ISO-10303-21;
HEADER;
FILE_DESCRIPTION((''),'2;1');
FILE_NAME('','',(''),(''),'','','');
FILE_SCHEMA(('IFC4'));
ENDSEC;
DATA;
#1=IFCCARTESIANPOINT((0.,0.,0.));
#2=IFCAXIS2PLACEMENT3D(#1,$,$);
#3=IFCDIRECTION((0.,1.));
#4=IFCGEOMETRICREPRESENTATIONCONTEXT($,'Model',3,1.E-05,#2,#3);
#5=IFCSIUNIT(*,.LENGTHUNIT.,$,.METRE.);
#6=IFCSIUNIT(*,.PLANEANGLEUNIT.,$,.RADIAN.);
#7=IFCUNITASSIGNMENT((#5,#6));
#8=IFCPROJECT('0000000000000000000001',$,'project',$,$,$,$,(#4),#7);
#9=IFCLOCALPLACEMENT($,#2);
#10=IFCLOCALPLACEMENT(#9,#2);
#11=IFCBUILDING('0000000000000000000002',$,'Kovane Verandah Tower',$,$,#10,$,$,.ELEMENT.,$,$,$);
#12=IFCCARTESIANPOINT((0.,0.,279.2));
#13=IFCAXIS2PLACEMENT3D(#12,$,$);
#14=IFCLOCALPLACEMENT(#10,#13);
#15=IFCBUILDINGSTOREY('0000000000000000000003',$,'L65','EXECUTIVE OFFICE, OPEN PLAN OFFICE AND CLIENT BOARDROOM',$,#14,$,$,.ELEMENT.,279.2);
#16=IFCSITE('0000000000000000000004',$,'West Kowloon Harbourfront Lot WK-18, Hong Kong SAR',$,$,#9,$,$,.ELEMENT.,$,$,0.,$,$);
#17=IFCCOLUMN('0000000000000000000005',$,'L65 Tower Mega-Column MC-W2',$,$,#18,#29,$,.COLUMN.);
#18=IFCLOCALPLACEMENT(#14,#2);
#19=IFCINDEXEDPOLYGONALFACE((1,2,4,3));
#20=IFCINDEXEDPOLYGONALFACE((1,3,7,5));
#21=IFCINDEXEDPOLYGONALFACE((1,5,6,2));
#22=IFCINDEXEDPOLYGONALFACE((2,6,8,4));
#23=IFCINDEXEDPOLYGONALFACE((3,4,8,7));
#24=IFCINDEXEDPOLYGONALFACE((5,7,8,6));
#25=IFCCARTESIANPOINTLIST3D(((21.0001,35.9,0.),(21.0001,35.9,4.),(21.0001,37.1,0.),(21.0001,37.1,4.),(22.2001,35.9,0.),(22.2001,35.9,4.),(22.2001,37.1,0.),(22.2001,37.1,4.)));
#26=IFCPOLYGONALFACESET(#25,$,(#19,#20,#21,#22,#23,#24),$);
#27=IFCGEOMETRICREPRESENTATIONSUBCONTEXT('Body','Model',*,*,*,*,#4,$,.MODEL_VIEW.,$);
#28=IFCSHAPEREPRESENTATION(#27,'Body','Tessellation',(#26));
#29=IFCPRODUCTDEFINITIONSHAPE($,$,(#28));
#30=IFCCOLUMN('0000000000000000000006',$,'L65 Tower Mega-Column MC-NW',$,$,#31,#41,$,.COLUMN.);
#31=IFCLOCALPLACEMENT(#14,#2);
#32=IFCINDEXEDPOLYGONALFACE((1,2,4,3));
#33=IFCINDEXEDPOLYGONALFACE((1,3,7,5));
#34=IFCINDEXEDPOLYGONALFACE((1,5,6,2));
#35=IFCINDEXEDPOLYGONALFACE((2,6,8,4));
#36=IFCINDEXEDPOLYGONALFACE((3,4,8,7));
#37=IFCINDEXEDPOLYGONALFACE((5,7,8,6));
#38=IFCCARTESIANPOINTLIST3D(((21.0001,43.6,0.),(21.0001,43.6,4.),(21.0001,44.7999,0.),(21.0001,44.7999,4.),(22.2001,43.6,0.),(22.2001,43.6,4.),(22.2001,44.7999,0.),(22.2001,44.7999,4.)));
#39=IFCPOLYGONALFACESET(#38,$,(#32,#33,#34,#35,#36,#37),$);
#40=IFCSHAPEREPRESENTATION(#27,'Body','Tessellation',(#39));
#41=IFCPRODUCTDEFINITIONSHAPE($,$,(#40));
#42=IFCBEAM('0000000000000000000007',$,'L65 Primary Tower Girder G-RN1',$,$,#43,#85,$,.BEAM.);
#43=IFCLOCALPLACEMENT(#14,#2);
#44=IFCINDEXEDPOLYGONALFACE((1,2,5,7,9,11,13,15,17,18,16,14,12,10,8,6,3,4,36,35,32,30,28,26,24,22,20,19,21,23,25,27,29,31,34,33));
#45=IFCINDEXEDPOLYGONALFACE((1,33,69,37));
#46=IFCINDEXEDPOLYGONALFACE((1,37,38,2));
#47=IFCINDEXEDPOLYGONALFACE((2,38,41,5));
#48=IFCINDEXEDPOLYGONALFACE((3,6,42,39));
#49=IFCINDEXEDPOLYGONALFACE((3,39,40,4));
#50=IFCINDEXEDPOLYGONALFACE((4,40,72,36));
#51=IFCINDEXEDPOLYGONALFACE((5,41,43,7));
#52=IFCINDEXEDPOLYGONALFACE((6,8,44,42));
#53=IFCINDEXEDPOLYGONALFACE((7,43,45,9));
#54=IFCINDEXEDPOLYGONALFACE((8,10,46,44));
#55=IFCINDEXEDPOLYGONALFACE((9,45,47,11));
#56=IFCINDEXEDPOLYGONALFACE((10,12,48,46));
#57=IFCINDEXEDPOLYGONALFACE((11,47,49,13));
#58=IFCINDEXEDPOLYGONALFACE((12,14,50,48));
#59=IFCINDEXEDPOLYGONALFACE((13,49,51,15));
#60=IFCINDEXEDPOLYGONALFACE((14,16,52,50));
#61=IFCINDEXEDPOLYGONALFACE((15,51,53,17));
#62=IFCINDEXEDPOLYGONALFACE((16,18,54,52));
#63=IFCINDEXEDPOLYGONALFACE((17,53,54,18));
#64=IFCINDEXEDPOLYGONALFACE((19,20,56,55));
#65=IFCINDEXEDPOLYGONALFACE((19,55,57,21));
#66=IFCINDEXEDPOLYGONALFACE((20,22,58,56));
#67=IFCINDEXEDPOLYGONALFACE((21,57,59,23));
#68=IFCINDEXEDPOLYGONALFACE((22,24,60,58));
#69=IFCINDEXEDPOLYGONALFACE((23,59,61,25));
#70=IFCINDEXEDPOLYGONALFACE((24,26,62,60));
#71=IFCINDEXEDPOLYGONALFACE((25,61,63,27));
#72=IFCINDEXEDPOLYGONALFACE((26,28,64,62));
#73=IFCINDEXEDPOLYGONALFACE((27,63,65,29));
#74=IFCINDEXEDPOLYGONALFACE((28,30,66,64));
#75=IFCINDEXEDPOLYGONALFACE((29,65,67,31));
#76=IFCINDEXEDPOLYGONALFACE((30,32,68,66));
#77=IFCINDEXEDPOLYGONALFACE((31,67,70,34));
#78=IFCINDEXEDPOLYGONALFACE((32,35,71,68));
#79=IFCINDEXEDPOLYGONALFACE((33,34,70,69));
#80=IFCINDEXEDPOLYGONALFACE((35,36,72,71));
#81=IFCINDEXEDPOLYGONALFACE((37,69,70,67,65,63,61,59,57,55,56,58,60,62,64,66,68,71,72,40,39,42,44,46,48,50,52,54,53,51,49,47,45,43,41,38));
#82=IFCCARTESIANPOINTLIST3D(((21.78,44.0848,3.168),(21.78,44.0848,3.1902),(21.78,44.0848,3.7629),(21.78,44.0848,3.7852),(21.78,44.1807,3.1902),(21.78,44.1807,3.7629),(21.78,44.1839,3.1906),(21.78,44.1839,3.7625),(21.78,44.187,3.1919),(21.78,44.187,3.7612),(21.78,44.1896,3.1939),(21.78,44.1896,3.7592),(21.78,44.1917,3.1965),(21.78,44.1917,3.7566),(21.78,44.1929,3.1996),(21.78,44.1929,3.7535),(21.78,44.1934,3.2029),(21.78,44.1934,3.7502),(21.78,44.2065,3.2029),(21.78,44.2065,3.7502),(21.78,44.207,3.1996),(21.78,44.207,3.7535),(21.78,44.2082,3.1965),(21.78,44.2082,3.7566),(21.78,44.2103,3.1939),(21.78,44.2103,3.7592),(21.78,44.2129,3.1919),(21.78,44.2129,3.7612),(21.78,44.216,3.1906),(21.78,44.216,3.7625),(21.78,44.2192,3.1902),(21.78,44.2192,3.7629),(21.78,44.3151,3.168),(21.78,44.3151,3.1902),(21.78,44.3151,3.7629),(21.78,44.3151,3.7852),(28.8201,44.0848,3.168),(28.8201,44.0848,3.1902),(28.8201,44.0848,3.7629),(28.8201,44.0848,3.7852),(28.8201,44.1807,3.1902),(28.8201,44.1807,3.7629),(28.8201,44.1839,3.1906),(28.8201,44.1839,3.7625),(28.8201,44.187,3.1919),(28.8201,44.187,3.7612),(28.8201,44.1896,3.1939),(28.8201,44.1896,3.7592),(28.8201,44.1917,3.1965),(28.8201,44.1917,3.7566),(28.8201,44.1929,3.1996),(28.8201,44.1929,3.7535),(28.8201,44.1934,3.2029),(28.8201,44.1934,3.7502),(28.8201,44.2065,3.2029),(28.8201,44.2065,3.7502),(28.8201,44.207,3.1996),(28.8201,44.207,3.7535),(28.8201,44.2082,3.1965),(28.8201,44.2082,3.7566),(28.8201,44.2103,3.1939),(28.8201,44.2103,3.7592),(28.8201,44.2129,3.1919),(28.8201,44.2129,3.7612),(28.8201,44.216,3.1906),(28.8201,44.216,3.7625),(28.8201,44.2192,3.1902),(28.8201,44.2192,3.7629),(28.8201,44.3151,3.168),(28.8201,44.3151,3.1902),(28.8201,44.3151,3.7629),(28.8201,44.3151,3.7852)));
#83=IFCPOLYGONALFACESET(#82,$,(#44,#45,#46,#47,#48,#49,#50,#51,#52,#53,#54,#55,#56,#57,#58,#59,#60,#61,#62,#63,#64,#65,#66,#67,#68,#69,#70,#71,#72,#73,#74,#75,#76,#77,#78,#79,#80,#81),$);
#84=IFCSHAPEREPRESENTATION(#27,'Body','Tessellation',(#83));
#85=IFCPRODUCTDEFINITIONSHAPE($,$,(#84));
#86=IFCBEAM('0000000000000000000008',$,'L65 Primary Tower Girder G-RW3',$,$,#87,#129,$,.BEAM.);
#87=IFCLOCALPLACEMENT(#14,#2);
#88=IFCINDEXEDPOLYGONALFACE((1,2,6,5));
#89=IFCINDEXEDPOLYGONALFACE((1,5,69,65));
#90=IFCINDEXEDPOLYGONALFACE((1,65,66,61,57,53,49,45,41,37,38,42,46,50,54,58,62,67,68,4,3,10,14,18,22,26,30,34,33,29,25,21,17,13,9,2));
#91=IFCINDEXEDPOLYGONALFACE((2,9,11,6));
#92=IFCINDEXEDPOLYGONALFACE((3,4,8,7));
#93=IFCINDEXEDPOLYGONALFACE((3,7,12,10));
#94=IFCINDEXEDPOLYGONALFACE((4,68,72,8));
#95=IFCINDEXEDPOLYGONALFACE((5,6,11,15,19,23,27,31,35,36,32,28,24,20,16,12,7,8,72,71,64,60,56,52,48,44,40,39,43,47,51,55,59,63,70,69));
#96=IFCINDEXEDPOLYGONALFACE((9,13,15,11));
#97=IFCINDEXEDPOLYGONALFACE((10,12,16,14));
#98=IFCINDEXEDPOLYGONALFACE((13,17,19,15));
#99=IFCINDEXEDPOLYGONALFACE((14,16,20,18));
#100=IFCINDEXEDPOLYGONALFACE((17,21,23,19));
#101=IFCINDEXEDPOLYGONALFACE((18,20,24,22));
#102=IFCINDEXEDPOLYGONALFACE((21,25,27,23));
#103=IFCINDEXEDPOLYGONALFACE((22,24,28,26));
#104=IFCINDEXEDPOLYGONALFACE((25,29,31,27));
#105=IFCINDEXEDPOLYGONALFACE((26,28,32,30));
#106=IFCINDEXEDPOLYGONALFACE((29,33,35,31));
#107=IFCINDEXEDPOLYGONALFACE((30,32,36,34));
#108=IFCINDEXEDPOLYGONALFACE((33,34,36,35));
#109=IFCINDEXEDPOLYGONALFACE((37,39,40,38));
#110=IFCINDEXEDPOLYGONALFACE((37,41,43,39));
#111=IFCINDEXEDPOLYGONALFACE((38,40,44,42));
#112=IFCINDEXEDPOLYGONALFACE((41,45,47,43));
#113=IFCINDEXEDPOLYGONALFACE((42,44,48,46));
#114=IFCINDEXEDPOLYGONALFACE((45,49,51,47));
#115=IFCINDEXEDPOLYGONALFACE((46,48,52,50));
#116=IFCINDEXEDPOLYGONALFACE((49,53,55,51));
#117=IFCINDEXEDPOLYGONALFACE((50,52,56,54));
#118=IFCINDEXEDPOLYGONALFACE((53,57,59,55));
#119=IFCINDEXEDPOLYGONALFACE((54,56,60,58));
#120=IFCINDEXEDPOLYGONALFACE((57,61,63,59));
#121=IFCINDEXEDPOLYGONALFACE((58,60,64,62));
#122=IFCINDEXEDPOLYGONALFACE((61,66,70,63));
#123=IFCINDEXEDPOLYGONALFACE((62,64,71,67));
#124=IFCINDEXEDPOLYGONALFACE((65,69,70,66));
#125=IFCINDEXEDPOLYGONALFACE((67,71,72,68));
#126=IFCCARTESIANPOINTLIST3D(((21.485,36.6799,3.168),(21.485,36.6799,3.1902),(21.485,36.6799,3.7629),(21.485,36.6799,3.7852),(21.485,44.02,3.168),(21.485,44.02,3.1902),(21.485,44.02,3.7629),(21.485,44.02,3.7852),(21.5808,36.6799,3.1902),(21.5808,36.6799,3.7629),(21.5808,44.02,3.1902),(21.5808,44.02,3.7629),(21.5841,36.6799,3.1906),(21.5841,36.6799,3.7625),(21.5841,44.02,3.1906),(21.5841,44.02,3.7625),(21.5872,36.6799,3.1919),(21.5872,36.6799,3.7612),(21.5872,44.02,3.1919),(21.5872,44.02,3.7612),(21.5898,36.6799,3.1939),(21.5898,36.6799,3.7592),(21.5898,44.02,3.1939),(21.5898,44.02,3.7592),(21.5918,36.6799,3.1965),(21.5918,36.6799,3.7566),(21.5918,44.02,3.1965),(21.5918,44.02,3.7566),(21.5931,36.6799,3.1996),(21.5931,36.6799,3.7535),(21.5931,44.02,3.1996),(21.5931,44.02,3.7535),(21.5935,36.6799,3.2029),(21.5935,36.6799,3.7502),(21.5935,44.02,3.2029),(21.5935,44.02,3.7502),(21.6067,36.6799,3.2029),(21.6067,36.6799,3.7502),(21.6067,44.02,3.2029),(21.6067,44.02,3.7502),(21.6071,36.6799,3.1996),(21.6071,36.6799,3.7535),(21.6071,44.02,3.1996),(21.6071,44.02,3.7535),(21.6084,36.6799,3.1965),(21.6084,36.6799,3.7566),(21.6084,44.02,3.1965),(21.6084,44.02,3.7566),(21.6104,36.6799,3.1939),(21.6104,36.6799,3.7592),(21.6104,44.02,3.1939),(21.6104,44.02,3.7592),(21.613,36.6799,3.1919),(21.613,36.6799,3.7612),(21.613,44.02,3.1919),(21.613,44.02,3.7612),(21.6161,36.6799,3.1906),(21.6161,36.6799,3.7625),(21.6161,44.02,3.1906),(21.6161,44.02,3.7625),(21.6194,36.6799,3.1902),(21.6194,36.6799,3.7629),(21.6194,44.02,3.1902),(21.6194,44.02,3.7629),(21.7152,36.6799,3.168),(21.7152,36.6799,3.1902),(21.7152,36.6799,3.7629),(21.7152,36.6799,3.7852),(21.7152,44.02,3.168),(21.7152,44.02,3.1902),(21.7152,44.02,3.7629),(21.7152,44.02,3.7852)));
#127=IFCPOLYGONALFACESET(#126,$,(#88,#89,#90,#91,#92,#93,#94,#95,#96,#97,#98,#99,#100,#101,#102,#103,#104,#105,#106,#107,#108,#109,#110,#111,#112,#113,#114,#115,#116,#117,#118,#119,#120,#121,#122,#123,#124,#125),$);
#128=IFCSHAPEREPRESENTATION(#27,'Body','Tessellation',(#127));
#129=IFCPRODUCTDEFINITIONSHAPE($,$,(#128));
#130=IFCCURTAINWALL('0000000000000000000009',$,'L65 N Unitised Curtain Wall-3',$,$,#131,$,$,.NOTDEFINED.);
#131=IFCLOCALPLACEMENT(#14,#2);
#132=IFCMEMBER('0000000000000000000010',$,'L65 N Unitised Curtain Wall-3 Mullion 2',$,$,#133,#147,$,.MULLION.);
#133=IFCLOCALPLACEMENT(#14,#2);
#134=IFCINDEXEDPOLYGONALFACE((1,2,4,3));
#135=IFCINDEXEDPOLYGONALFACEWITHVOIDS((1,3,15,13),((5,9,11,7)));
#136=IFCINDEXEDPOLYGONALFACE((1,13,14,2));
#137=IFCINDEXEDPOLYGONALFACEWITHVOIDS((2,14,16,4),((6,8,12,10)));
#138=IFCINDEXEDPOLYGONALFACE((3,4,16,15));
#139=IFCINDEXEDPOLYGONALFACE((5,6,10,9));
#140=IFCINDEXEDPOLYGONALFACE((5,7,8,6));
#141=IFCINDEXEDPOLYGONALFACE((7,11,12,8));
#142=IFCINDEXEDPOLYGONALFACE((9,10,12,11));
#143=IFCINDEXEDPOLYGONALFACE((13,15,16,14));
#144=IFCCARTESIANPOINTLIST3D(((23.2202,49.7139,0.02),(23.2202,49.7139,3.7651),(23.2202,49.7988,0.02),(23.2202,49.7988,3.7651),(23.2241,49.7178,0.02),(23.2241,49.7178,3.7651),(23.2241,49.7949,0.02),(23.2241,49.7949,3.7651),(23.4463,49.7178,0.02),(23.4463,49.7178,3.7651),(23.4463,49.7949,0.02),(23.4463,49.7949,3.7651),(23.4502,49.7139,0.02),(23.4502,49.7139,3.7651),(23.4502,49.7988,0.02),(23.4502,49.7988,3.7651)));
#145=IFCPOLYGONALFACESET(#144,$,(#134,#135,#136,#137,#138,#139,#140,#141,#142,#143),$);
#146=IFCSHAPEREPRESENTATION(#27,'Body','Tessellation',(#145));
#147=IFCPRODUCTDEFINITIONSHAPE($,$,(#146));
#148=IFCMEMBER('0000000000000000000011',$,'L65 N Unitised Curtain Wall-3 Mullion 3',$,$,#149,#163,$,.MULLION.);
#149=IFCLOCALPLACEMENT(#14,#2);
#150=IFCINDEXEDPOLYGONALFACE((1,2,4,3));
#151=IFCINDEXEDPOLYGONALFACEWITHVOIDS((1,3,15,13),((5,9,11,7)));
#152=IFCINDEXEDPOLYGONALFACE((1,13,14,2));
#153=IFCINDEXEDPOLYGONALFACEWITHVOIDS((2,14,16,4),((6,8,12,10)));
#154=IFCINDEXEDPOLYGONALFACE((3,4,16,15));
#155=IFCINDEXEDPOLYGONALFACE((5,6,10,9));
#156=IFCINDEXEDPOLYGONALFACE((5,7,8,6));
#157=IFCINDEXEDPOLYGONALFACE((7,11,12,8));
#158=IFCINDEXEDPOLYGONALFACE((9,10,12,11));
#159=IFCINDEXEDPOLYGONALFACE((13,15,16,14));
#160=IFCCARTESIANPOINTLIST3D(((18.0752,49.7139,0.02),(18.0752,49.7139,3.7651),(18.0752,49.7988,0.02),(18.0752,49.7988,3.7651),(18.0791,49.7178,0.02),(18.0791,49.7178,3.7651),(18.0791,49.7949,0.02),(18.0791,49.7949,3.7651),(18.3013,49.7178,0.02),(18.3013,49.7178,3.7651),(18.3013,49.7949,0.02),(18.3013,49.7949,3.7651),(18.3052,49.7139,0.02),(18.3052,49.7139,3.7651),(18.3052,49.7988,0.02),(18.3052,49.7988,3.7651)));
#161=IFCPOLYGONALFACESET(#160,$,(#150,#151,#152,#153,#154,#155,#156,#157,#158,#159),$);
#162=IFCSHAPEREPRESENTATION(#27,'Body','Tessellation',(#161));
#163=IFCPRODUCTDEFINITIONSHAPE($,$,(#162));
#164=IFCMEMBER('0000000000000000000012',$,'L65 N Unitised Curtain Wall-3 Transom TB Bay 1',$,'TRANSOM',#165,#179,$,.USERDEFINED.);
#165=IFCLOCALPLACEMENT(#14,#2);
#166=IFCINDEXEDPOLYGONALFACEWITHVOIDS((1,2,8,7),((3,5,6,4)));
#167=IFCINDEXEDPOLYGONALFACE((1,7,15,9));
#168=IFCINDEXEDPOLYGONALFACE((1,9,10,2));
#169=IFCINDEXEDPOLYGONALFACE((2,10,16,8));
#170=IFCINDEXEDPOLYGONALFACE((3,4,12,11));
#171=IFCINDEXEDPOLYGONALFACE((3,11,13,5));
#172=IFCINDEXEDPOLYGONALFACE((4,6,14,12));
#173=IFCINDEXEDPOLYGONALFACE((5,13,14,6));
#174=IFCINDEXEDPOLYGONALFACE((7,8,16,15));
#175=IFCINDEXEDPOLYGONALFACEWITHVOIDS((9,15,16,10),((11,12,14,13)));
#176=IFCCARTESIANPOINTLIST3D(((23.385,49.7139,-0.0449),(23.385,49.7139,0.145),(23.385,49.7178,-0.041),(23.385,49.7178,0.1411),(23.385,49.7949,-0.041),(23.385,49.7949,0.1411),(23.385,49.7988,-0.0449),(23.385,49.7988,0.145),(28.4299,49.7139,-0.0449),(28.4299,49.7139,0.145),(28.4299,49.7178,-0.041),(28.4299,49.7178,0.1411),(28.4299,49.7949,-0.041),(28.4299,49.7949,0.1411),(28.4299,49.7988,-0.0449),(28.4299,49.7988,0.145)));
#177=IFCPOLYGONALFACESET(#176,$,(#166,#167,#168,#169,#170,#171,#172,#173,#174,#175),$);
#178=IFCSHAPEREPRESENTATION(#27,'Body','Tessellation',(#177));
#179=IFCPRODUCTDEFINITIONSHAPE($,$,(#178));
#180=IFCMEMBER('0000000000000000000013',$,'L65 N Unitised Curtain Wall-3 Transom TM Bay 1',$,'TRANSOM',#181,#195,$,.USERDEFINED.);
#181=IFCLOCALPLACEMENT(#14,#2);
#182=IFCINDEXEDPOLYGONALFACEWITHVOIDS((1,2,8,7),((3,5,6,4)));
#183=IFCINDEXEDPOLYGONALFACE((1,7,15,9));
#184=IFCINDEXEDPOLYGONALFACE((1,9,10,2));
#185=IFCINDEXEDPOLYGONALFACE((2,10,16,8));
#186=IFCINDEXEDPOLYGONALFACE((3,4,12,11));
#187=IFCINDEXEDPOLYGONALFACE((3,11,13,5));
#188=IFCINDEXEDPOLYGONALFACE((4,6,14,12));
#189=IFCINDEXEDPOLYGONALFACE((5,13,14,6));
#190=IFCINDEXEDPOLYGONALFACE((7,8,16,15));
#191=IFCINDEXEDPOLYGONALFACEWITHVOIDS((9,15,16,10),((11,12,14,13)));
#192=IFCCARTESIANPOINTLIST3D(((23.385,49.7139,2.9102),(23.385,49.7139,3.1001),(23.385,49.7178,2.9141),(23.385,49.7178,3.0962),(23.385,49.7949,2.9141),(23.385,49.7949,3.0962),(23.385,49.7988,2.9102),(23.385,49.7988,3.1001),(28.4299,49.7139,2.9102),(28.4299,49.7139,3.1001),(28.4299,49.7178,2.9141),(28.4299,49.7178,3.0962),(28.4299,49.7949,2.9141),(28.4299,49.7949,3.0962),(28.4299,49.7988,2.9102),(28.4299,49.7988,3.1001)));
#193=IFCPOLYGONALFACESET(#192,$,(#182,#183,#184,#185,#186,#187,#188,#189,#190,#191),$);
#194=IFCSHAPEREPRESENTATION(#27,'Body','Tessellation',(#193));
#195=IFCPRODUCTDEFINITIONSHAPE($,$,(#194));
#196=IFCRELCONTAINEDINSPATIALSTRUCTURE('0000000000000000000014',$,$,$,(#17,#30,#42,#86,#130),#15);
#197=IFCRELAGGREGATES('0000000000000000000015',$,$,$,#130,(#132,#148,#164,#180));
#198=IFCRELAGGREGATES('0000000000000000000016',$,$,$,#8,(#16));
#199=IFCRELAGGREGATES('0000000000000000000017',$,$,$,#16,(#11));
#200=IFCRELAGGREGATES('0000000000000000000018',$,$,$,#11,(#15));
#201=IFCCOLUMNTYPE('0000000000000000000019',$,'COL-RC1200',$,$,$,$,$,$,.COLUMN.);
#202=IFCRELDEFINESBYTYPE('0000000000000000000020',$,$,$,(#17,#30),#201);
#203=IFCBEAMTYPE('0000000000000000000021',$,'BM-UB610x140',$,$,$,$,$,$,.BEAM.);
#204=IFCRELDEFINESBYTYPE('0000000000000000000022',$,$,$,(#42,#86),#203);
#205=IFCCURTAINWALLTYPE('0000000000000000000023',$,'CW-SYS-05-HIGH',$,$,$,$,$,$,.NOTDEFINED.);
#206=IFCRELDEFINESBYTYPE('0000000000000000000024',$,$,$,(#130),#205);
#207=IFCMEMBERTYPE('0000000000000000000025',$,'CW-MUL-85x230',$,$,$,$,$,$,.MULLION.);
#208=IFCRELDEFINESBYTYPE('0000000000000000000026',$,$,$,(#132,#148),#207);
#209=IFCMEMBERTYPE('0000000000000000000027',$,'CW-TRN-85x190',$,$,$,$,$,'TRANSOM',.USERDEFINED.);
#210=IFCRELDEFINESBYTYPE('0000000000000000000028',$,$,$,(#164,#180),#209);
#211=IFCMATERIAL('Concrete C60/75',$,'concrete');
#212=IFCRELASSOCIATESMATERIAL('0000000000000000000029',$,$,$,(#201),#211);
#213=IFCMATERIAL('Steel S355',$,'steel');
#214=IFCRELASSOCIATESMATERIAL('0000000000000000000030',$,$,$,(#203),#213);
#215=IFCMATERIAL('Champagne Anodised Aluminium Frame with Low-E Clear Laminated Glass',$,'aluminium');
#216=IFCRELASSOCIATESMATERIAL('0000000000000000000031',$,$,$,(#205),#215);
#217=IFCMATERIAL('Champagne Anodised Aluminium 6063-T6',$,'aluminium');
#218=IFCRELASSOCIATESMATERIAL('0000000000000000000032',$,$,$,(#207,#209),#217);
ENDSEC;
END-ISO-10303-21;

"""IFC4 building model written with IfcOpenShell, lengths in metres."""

from ifc_helpers import new_model, si_unit, direction, frame, origin, origin_2d, place, context, subcontext, project, spatial, rectangle, hollow_rectangle, i_section, extrude, material, material_profile, profile_set, type_object, element, aggregate, save


model = new_model("IFC4")

# Units and contexts
model_context = context("Model", 3, precision=1e-05, world=origin(), true_north=direction((0.0, 1.0)))
body_context = subcontext(model_context, "Body", "Model", "MODEL_VIEW")
ifc_project = project(units=[si_unit("LENGTHUNIT", "METRE"), si_unit("PLANEANGLEUNIT", "RADIAN")], contexts=[model_context])

# Site, building, storey
site_placement = place(None, origin())
site = spatial("IfcSite", under=ifc_project, at=site_placement, Name="West Kowloon Harbourfront Lot WK-18, Hong Kong SAR", CompositionType="ELEMENT", RefElevation=0.0)
building_placement = place(site_placement, origin())
building = spatial("IfcBuilding", under=site, at=building_placement, Name="Kovane Verandah Tower", CompositionType="ELEMENT")
storey_placement = place(building_placement, frame((0.0, 0.0, 279.2)))
storey = spatial("IfcBuildingStorey", under=building, at=storey_placement, Name="L65", Description="EXECUTIVE OFFICE, OPEN PLAN OFFICE AND CLIENT BOARDROOM", CompositionType="ELEMENT", Elevation=279.2)

# Columns
ifc_material_1 = material(Name="Concrete C60/75", Category="concrete")
ifc_material_profile_1 = material_profile(ifc_material_1, rectangle(XDim=1.2, YDim=1.2, at=origin_2d()), Name="RC1200x1200")
ifc_profile_set_1 = profile_set([ifc_material_profile_1], Name="Concrete C60/75")
column_type = type_object("IfcColumnType", Name="COL-RC1200", PredefinedType="COLUMN", material=ifc_profile_set_1)
for number, where, z_axis, x_axis, name in (
    (1, (21.6001, 36.5, 0.0), (0.0, 0.0, 1.0), (1.0, 0.0, 0.0), "L65 Tower Mega-Column MC-W2"),
    (2, (21.6001, 44.2, 0.0), (0.0, 0.0, 1.0), (1.0, 0.0, 0.0), "L65 Tower Mega-Column MC-NW"),
):
    element("IfcColumn", number, at=place(storey_placement, frame(where, z_axis=z_axis, x_axis=x_axis)), inside=storey, type_object=column_type, Name=name, PredefinedType="COLUMN", context=body_context, shape_type="SweptSolid", body=[
        extrude(rectangle(XDim=1.2, YDim=1.2, at=origin_2d()), origin(), (0.0, 0.0, 1.0), 4.0),
    ])

# Beams
ifc_material_2 = material(Name="Steel S355", Category="steel")
ifc_material_profile_2 = material_profile(ifc_material_2, i_section(OverallWidth=0.2302, OverallDepth=0.6172, WebThickness=0.0132, FlangeThickness=0.0222, FilletRadius=0.0127, at=origin_2d()), Name="UB610x229x140")
ifc_profile_set_2 = profile_set([ifc_material_profile_2], Name="Steel S355")
beam_type_1 = type_object("IfcBeamType", Name="BM-UB610x140", PredefinedType="BEAM", material=ifc_profile_set_2)
beam_1_placement = place(storey_placement, frame((21.78, 44.2, 3.4766), z_axis=(1.0, 0.0, 0.0), x_axis=(0.0, 1.0, 0.0)))
element("IfcBeam", 3, at=beam_1_placement, inside=storey, type_object=beam_type_1, Name="L65 Primary Tower Girder G-RN1", PredefinedType="BEAM", context=body_context, shape_type="SweptSolid", body=[
    extrude(i_section(OverallWidth=0.2302, OverallDepth=0.6172, WebThickness=0.0132, FlangeThickness=0.0222, FilletRadius=0.0127, at=origin_2d()), origin(), (0.0, 0.0, 1.0), 7.04),
])
beam_2_placement = place(storey_placement, frame((21.6001, 36.6799, 3.4766), z_axis=(0.0, 1.0, 0.0), x_axis=(-1.0, 0.0, 0.0)))
element("IfcBeam", 4, at=beam_2_placement, inside=storey, type_object=beam_type_1, Name="L65 Primary Tower Girder G-RW3", PredefinedType="BEAM", context=body_context, shape_type="SweptSolid", body=[
    extrude(i_section(OverallWidth=0.2302, OverallDepth=0.6172, WebThickness=0.0132, FlangeThickness=0.0222, FilletRadius=0.0127, at=origin_2d()), origin(), (0.0, 0.0, 1.0), 7.3401),
])

# Curtain wall, members
ifc_material_3 = material(Name="Champagne Anodised Aluminium Frame with Low-E Clear Laminated Glass", Category="aluminium")
curtain_wall_type = type_object("IfcCurtainWallType", Name="CW-SYS-05-HIGH", PredefinedType="NOTDEFINED", material=ifc_material_3)
curtain_wall_placement = place(storey_placement, origin())
curtain_wall = element("IfcCurtainWall", 5, at=curtain_wall_placement, inside=storey, type_object=curtain_wall_type, Name="L65 N Unitised Curtain Wall-3", PredefinedType="NOTDEFINED")
ifc_material_4 = material(Name="Champagne Anodised Aluminium 6063-T6", Category="aluminium")
ifc_material_profile_3 = material_profile(ifc_material_4, hollow_rectangle(XDim=0.085, YDim=0.23, WallThickness=0.0039, at=origin_2d()), Name="AL85x230x4")
ifc_profile_set_3 = profile_set([ifc_material_profile_3], Name="Champagne Anodised Aluminium 6063-T6")
member_type_1 = type_object("IfcMemberType", Name="CW-MUL-85x230", PredefinedType="MULLION", material=ifc_profile_set_3)
member_1_placement = place(storey_placement, frame((23.3352, 49.7563, 0.02), z_axis=(0.0, 0.0, 1.0), x_axis=(0.0, 1.0, 0.0)))
member_1 = element("IfcMember", 6, at=member_1_placement, type_object=member_type_1, Name="L65 N Unitised Curtain Wall-3 Mullion 2", PredefinedType="MULLION", context=body_context, shape_type="SweptSolid", body=[
    extrude(hollow_rectangle(XDim=0.085, YDim=0.23, WallThickness=0.0039, at=origin_2d()), origin(), (0.0, 0.0, 1.0), 3.7451),
])
member_2_placement = place(storey_placement, frame((18.1902, 49.7563, 0.02), z_axis=(0.0, 0.0, 1.0), x_axis=(0.0, 1.0, 0.0)))
member_2 = element("IfcMember", 7, at=member_2_placement, type_object=member_type_1, Name="L65 N Unitised Curtain Wall-3 Mullion 3", PredefinedType="MULLION", context=body_context, shape_type="SweptSolid", body=[
    extrude(hollow_rectangle(XDim=0.085, YDim=0.23, WallThickness=0.0039, at=origin_2d()), origin(), (0.0, 0.0, 1.0), 3.7451),
])
ifc_material_profile_4 = material_profile(ifc_material_4, hollow_rectangle(XDim=0.085, YDim=0.1899, WallThickness=0.0039, at=origin_2d()), Name="AL85x190x4")
ifc_profile_set_4 = profile_set([ifc_material_profile_4], Name="Champagne Anodised Aluminium 6063-T6")
member_type_2 = type_object("IfcMemberType", Name="CW-TRN-85x190", ElementType="TRANSOM", PredefinedType="USERDEFINED", material=ifc_profile_set_4)
member_3_placement = place(storey_placement, frame((28.4299, 49.7563, 0.05), z_axis=(-1.0, 0.0, 0.0), x_axis=(0.0, -1.0, 0.0)))
member_3 = element("IfcMember", 8, at=member_3_placement, type_object=member_type_2, Name="L65 N Unitised Curtain Wall-3 Transom TB Bay 1", ObjectType="TRANSOM", PredefinedType="USERDEFINED", context=body_context, shape_type="SweptSolid", body=[
    extrude(hollow_rectangle(XDim=0.085, YDim=0.1899, WallThickness=0.0039, at=origin_2d()), origin(), (0.0, 0.0, 1.0), 5.0449),
])
member_4_placement = place(storey_placement, frame((28.4299, 49.7563, 3.0051), z_axis=(-1.0, 0.0, 0.0), x_axis=(0.0, -1.0, 0.0)))
member_4 = element("IfcMember", 9, at=member_4_placement, type_object=member_type_2, Name="L65 N Unitised Curtain Wall-3 Transom TM Bay 1", ObjectType="TRANSOM", PredefinedType="USERDEFINED", context=body_context, shape_type="SweptSolid", body=[
    extrude(hollow_rectangle(XDim=0.085, YDim=0.1899, WallThickness=0.0039, at=origin_2d()), origin(), (0.0, 0.0, 1.0), 5.0449),
])

aggregate(curtain_wall, [member_1, member_2, member_3, member_4])

save(model, "model.ifc")
